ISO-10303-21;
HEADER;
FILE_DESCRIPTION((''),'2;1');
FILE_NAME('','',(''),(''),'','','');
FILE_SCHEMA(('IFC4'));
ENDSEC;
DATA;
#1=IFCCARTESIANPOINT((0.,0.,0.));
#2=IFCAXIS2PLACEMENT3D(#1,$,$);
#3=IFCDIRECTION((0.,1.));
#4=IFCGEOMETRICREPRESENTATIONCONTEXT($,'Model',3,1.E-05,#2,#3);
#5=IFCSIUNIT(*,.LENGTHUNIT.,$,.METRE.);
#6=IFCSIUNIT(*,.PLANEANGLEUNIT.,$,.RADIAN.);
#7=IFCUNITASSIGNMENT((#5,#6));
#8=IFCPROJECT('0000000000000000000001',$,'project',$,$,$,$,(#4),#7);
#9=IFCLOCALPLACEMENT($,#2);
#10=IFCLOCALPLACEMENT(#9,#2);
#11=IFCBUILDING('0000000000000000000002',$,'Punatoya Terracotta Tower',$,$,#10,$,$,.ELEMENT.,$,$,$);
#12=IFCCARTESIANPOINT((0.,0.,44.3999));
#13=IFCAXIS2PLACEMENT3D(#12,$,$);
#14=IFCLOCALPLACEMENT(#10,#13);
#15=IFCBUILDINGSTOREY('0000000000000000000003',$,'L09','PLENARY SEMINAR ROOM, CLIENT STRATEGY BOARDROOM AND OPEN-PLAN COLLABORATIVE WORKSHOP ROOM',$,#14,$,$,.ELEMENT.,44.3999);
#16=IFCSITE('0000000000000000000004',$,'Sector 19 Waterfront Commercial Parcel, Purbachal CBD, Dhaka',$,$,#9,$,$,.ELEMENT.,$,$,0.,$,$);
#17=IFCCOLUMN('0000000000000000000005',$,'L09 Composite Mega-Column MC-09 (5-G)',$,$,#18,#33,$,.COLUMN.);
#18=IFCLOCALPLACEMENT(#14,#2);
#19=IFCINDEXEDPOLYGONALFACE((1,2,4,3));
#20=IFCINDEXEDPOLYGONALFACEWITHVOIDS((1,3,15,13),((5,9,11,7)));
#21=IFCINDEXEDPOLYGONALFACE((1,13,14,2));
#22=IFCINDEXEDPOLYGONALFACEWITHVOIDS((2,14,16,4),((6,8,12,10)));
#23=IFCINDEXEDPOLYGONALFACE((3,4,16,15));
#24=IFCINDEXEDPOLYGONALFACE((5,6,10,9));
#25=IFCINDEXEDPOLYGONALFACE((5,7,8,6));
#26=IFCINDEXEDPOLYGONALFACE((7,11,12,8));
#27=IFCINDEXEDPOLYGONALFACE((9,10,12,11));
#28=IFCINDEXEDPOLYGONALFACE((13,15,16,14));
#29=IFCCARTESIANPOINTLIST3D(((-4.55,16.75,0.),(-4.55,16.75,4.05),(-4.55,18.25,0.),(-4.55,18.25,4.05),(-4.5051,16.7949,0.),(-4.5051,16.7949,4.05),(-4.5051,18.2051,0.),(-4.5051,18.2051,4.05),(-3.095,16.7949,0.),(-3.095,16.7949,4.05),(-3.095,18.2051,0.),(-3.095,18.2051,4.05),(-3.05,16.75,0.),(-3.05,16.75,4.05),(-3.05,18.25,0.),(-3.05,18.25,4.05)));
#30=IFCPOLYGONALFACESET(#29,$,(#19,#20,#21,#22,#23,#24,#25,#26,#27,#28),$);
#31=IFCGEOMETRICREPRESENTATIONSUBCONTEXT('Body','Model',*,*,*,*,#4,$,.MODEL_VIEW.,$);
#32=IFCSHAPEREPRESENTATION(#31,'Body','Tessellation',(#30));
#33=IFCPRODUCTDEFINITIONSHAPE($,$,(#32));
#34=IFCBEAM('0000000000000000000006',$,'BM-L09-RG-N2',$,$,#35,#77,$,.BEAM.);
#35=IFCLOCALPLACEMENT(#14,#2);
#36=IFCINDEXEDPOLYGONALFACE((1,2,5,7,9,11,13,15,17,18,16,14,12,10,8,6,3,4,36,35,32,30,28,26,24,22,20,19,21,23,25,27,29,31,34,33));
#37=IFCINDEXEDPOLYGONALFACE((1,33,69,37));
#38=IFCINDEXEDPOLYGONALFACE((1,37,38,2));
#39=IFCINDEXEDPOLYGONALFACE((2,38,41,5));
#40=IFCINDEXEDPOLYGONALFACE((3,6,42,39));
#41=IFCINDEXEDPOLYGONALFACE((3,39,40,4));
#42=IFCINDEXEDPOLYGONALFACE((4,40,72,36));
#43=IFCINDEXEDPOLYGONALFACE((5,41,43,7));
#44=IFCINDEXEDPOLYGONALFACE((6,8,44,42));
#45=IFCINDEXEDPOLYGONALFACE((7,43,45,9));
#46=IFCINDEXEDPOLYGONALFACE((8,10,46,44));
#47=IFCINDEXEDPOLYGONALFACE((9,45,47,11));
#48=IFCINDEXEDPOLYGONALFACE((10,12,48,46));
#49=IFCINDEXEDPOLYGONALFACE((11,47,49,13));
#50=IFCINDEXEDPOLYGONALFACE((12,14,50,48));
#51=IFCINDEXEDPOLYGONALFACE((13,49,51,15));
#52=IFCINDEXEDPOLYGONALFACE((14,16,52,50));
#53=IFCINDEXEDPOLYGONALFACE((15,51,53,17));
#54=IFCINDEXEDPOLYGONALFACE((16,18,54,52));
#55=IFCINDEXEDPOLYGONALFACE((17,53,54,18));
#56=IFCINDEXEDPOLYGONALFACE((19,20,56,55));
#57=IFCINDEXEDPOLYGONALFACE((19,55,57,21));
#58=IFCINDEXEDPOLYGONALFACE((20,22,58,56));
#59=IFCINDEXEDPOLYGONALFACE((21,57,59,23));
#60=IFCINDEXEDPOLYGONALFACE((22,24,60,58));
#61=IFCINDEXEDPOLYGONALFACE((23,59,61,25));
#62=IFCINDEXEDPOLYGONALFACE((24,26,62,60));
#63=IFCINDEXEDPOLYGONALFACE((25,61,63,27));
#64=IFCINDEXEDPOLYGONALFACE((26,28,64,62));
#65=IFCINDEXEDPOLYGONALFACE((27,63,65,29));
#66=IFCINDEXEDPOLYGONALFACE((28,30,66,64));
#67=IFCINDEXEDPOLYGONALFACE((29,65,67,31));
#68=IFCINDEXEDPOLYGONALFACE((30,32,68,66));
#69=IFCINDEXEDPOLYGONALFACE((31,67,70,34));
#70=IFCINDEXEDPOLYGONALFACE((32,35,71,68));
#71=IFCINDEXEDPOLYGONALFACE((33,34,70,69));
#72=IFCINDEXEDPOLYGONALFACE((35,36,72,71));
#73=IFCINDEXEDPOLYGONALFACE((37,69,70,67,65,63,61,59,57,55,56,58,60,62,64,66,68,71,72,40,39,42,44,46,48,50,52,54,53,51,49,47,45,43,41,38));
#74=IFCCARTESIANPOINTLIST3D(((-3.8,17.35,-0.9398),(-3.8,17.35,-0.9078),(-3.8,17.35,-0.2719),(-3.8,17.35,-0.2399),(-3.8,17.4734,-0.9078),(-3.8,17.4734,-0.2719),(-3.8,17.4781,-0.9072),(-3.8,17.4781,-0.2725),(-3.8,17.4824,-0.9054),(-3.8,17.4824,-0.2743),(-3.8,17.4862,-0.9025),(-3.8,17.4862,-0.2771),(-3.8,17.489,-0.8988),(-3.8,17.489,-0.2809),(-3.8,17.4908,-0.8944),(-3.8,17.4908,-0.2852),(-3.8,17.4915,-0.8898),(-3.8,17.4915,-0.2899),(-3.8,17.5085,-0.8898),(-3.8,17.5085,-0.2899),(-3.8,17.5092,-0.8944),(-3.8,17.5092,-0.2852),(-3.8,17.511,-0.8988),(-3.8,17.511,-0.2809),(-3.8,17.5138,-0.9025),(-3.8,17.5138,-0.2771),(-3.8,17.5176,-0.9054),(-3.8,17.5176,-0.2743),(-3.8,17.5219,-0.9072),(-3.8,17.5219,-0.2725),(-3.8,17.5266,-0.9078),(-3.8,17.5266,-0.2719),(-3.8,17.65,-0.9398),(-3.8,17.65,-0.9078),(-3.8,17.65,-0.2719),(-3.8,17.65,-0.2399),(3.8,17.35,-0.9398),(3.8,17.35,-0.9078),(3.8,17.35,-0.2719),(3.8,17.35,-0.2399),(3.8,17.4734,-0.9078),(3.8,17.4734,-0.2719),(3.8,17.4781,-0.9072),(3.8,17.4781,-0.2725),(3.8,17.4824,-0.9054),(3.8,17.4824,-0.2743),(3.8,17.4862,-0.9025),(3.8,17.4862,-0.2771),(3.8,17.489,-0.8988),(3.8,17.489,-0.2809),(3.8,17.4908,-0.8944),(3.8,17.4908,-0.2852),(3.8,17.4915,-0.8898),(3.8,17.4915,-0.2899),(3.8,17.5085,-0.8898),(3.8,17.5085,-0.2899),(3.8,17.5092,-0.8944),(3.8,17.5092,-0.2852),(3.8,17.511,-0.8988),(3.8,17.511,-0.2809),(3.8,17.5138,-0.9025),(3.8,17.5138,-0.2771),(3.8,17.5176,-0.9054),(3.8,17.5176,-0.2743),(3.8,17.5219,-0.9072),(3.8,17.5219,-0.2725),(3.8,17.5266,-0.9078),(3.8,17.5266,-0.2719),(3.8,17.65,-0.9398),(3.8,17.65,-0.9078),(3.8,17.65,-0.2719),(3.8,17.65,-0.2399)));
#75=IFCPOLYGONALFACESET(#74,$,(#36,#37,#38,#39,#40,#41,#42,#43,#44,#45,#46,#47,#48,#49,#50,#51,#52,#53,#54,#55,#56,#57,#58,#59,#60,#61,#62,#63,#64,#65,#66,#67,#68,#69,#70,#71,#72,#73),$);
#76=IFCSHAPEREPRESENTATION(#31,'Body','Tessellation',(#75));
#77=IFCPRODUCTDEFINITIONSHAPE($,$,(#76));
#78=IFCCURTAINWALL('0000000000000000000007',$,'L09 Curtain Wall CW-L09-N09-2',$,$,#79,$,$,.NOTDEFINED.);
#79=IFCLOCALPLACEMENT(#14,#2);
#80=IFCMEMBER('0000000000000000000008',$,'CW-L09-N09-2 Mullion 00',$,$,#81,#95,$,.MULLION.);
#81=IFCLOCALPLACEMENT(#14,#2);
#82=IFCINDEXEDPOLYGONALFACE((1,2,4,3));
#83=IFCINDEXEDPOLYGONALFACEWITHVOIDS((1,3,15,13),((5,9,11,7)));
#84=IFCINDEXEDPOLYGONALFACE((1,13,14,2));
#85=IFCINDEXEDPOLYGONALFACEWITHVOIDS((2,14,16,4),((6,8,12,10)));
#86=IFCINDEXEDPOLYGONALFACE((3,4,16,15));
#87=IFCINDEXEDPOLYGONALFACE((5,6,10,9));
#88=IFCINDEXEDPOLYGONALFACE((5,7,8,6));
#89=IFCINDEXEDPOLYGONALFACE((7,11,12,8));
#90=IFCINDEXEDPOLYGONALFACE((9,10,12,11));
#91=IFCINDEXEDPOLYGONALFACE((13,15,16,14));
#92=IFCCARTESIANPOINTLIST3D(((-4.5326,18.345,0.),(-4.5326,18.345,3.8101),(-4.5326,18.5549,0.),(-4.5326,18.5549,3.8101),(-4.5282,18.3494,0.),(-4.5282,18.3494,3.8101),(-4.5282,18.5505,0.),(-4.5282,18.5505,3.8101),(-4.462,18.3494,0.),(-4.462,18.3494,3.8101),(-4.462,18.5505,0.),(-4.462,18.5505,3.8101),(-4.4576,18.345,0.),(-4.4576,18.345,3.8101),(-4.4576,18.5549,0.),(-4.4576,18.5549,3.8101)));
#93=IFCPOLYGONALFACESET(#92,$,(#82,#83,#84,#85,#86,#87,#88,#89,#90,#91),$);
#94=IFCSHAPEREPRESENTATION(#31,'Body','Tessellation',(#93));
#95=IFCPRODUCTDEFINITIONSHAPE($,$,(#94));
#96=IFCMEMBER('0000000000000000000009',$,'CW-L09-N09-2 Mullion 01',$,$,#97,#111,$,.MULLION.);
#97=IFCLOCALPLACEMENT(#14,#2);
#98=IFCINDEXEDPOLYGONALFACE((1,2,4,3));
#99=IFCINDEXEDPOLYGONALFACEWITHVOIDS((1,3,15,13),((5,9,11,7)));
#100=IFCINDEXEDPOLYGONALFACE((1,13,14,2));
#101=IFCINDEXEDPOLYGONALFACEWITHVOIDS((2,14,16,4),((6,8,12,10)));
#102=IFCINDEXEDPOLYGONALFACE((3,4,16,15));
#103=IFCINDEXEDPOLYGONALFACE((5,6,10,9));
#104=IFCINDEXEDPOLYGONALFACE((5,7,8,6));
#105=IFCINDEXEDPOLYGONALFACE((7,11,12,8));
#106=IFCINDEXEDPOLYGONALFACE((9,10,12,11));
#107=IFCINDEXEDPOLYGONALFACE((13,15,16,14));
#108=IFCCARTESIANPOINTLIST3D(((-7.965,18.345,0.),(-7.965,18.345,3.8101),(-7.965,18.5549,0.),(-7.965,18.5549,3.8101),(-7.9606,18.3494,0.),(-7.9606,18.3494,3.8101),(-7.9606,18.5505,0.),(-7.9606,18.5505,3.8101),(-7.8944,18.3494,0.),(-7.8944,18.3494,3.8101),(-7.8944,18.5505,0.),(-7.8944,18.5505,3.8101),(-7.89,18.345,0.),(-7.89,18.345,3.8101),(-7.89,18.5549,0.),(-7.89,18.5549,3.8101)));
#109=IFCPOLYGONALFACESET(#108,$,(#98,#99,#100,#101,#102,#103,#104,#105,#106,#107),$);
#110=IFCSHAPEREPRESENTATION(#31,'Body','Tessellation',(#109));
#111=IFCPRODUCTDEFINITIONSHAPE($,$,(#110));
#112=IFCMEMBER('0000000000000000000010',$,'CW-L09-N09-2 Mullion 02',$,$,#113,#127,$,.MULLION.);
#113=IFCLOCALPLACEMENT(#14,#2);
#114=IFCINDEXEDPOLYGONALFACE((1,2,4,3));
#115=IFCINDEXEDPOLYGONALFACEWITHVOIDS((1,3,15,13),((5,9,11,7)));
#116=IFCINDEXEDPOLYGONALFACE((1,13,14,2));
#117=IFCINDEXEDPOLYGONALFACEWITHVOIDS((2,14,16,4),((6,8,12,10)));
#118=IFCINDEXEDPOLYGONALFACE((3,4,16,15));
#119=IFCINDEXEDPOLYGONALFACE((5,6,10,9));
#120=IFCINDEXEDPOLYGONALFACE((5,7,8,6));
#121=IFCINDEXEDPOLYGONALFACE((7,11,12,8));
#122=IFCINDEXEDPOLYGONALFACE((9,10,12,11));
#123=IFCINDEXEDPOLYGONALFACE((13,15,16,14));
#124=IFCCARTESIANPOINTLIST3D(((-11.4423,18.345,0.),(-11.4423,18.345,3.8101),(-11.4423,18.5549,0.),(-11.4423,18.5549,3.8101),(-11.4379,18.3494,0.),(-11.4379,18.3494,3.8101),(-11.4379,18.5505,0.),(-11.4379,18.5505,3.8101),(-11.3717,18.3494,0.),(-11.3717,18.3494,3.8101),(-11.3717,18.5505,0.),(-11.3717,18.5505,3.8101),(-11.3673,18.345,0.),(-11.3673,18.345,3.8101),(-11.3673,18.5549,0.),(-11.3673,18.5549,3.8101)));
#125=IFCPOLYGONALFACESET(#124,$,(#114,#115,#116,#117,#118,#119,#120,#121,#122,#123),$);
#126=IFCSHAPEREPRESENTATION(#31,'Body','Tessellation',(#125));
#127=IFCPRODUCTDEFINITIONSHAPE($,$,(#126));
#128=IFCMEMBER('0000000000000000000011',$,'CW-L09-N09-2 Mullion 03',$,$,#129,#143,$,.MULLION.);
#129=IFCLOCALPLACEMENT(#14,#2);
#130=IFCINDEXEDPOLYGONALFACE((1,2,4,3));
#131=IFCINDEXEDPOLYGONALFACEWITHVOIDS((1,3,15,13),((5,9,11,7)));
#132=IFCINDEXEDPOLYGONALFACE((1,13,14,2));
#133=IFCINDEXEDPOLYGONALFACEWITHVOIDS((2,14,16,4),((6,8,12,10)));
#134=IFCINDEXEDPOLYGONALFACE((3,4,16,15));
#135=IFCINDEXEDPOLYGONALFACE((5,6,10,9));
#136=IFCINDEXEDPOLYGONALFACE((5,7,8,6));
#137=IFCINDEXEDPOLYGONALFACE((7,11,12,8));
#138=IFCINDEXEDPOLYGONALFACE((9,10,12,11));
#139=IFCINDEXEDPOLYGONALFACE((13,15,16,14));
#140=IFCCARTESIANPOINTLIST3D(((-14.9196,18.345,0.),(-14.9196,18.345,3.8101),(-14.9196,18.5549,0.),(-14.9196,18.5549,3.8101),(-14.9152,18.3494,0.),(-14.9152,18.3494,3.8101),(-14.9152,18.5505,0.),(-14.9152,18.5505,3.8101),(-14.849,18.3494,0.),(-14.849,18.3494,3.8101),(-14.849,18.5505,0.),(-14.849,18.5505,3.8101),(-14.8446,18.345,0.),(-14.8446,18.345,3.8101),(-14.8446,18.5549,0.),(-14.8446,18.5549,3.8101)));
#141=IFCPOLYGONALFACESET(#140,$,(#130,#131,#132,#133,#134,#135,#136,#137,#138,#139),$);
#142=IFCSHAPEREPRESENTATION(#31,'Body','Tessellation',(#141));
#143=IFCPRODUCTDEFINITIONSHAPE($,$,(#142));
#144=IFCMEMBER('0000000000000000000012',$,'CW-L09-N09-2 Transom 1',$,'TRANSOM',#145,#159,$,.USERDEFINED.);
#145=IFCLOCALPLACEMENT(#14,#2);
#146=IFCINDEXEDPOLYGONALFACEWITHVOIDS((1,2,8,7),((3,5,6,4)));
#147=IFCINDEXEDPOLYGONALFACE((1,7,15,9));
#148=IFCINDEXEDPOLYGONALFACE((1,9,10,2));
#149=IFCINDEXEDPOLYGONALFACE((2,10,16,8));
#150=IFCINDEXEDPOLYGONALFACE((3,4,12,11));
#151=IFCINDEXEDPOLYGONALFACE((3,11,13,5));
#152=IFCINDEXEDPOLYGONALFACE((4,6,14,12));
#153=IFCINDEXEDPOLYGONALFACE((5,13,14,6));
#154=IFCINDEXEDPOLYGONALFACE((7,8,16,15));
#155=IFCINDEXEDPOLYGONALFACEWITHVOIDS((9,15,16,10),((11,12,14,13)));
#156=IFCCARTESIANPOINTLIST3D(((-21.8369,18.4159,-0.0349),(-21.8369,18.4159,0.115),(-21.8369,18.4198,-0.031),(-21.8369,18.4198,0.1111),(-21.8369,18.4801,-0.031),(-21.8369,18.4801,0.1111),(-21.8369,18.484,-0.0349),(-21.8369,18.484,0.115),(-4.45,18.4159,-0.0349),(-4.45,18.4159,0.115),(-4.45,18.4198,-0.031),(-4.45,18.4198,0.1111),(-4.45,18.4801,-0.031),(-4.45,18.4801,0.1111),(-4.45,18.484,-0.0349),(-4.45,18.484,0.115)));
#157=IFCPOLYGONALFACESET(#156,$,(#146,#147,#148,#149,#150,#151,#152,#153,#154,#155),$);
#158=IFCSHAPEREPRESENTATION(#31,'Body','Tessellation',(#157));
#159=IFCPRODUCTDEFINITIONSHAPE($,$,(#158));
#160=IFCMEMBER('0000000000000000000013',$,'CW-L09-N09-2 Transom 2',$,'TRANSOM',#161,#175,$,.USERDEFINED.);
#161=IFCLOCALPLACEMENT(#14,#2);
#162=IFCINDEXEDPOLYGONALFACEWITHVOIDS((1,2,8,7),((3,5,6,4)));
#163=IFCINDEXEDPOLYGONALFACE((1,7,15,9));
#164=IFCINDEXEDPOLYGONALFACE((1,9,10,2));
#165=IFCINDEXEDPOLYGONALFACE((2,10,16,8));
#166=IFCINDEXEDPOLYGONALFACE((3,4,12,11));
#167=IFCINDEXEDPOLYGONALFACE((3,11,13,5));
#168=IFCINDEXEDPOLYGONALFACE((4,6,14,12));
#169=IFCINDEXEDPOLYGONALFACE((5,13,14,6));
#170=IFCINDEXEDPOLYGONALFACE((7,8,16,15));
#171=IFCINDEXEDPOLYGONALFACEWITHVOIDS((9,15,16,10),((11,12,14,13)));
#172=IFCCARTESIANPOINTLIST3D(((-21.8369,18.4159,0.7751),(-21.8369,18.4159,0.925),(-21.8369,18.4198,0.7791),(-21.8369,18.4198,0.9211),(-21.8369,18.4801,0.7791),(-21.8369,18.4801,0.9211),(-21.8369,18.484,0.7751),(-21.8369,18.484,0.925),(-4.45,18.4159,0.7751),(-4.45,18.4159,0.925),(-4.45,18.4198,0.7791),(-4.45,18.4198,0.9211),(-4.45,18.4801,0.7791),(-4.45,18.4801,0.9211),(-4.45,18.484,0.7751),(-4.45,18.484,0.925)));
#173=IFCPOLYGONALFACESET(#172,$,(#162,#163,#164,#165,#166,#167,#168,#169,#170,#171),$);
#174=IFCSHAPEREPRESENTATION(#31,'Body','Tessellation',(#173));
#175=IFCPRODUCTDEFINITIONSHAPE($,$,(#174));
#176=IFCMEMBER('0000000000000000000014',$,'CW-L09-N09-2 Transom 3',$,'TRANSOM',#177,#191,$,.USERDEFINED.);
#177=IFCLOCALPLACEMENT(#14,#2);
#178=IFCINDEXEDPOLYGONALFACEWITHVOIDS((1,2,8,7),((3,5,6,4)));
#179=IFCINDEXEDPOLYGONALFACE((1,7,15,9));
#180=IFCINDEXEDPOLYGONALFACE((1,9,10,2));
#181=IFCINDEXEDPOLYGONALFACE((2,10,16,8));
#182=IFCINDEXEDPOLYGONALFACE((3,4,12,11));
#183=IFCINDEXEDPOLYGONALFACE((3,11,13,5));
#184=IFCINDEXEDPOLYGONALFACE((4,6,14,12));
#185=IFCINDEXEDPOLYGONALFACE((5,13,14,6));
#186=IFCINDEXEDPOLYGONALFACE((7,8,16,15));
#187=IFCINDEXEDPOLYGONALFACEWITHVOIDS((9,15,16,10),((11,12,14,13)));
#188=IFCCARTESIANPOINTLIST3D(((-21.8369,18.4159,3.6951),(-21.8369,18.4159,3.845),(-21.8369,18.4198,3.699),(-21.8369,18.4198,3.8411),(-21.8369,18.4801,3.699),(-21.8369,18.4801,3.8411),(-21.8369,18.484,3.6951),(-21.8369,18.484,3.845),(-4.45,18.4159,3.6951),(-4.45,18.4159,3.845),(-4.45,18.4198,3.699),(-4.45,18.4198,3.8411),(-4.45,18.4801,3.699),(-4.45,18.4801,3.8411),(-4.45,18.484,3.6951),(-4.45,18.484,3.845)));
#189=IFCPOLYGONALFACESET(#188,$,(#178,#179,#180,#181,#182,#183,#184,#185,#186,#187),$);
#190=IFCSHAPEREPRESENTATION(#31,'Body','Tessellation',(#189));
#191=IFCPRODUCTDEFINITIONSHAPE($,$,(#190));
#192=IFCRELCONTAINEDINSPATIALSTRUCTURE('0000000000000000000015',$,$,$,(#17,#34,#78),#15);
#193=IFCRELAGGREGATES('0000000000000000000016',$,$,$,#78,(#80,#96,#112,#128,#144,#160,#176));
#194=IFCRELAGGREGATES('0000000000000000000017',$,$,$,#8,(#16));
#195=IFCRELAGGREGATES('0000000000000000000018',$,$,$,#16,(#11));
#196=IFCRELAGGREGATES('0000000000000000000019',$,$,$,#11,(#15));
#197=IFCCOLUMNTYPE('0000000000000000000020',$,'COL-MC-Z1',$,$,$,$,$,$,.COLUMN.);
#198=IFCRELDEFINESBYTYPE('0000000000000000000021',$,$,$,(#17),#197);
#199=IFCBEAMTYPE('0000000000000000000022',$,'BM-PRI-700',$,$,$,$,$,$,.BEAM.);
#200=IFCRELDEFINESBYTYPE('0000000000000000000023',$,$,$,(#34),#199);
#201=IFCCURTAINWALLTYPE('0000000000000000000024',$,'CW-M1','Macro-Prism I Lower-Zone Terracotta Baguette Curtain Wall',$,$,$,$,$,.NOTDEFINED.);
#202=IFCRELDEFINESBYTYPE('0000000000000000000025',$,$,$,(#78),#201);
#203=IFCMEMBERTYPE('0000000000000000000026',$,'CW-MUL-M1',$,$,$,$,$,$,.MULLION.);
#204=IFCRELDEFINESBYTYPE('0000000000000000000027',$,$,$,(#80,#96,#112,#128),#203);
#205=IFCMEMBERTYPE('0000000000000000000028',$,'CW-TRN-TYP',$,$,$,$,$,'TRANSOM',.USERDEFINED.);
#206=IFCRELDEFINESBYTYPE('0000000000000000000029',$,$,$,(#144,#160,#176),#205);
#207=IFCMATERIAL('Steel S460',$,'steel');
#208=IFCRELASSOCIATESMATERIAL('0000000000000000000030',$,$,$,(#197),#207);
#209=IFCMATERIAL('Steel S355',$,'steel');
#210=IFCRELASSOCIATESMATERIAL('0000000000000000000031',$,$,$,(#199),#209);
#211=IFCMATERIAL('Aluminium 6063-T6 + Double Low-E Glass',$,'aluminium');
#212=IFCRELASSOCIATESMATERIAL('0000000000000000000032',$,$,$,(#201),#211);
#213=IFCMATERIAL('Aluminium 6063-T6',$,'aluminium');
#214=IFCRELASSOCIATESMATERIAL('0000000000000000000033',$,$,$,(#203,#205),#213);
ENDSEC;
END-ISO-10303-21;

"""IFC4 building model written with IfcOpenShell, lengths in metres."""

from ifc_helpers import new_model, si_unit, direction, frame, origin, origin_2d, place, context, subcontext, project, spatial, hollow_rectangle, i_section, extrude, material, material_profile, profile_set, type_object, element, aggregate, save


model = new_model("IFC4")

# Units and contexts
model_context = context("Model", 3, precision=1e-05, world=origin(), true_north=direction((0.0, 1.0)))
body_context = subcontext(model_context, "Body", "Model", "MODEL_VIEW")
ifc_project = project(units=[si_unit("LENGTHUNIT", "METRE"), si_unit("PLANEANGLEUNIT", "RADIAN")], contexts=[model_context])

# Site, building, storey
site_placement = place(None, origin())
site = spatial("IfcSite", under=ifc_project, at=site_placement, Name="Sector 19 Waterfront Commercial Parcel, Purbachal CBD, Dhaka", CompositionType="ELEMENT", RefElevation=0.0)
building_placement = place(site_placement, origin())
building = spatial("IfcBuilding", under=site, at=building_placement, Name="Punatoya Terracotta Tower", CompositionType="ELEMENT")
storey_placement = place(building_placement, frame((0.0, 0.0, 44.3999)))
storey = spatial("IfcBuildingStorey", under=building, at=storey_placement, Name="L09", Description="PLENARY SEMINAR ROOM, CLIENT STRATEGY BOARDROOM AND OPEN-PLAN COLLABORATIVE WORKSHOP ROOM", CompositionType="ELEMENT", Elevation=44.3999)

# Column
ifc_material_1 = material(Name="Steel S460", Category="steel")
ifc_material_profile_1 = material_profile(ifc_material_1, hollow_rectangle(XDim=1.5, YDim=1.5, WallThickness=0.0449, at=origin_2d()))
ifc_profile_set_1 = profile_set([ifc_material_profile_1], Name="Steel S460")
column_type = type_object("IfcColumnType", Name="COL-MC-Z1", PredefinedType="COLUMN", material=ifc_profile_set_1)
column_placement = place(storey_placement, frame((-3.8, 17.5, 0.0), z_axis=(0.0, 0.0, 1.0), x_axis=(1.0, 0.0, 0.0)))
element("IfcColumn", 1, at=column_placement, inside=storey, type_object=column_type, Name="L09 Composite Mega-Column MC-09 (5-G)", PredefinedType="COLUMN", context=body_context, shape_type="SweptSolid", body=[
    extrude(hollow_rectangle(XDim=1.5, YDim=1.5, WallThickness=0.0449, at=origin_2d()), origin(), (0.0, 0.0, 1.0), 4.05),
])

# Beam
ifc_material_2 = material(Name="Steel S355", Category="steel")
ifc_material_profile_2 = material_profile(ifc_material_2, i_section(OverallWidth=0.3, OverallDepth=0.7, WebThickness=0.0171, FlangeThickness=0.032, FilletRadius=0.0181, at=origin_2d()))
ifc_profile_set_2 = profile_set([ifc_material_profile_2], Name="Steel S355")
beam_type = type_object("IfcBeamType", Name="BM-PRI-700", PredefinedType="BEAM", material=ifc_profile_set_2)
beam_placement = place(storey_placement, frame((-3.8, 17.5, -0.5898), z_axis=(1.0, 0.0, 0.0), x_axis=(0.0, 1.0, 0.0)))
element("IfcBeam", 2, at=beam_placement, inside=storey, type_object=beam_type, Name="BM-L09-RG-N2", PredefinedType="BEAM", context=body_context, shape_type="SweptSolid", body=[
    extrude(i_section(OverallWidth=0.3, OverallDepth=0.7, WebThickness=0.0171, FlangeThickness=0.032, FilletRadius=0.0181, at=origin_2d()), origin(), (0.0, 0.0, 1.0), 7.6001),
])

# Curtain wall, members
ifc_material_3 = material(Name="Aluminium 6063-T6 + Double Low-E Glass", Category="aluminium")
curtain_wall_type = type_object("IfcCurtainWallType", Name="CW-M1", Description="Macro-Prism I Lower-Zone Terracotta Baguette Curtain Wall", PredefinedType="NOTDEFINED", material=ifc_material_3)
curtain_wall_placement = place(storey_placement, origin())
curtain_wall = element("IfcCurtainWall", 3, at=curtain_wall_placement, inside=storey, type_object=curtain_wall_type, Name="L09 Curtain Wall CW-L09-N09-2", PredefinedType="NOTDEFINED")
ifc_material_4 = material(Name="Aluminium 6063-T6", Category="aluminium")
ifc_material_profile_3 = material_profile(ifc_material_4, hollow_rectangle(XDim=0.075, YDim=0.21, WallThickness=0.0044, at=origin_2d()))
ifc_profile_set_3 = profile_set([ifc_material_profile_3], Name="Aluminium 6063-T6")
member_type_1 = type_object("IfcMemberType", Name="CW-MUL-M1", PredefinedType="MULLION", material=ifc_profile_set_3)
member_1_placement = place(storey_placement, frame((-4.4951, 18.45, 0.0), z_axis=(0.0, 0.0, 1.0), x_axis=(1.0, 0.0, 0.0)))
member_1 = element("IfcMember", 4, at=member_1_placement, type_object=member_type_1, Name="CW-L09-N09-2 Mullion 00", PredefinedType="MULLION", context=body_context, shape_type="SweptSolid", body=[
    extrude(hollow_rectangle(XDim=0.075, YDim=0.21, WallThickness=0.0044, at=origin_2d()), origin(), (0.0, 0.0, 1.0), 3.8101),
])
member_2_placement = place(storey_placement, frame((-7.9275, 18.45, 0.0), z_axis=(0.0, 0.0, 1.0), x_axis=(1.0, 0.0, 0.0)))
member_2 = element("IfcMember", 5, at=member_2_placement, type_object=member_type_1, Name="CW-L09-N09-2 Mullion 01", PredefinedType="MULLION", context=body_context, shape_type="SweptSolid", body=[
    extrude(hollow_rectangle(XDim=0.075, YDim=0.21, WallThickness=0.0044, at=origin_2d()), origin(), (0.0, 0.0, 1.0), 3.8101),
])
member_3_placement = place(storey_placement, frame((-11.4048, 18.45, 0.0), z_axis=(0.0, 0.0, 1.0), x_axis=(1.0, 0.0, 0.0)))
member_3 = element("IfcMember", 6, at=member_3_placement, type_object=member_type_1, Name="CW-L09-N09-2 Mullion 02", PredefinedType="MULLION", context=body_context, shape_type="SweptSolid", body=[
    extrude(hollow_rectangle(XDim=0.075, YDim=0.21, WallThickness=0.0044, at=origin_2d()), origin(), (0.0, 0.0, 1.0), 3.8101),
])
member_4_placement = place(storey_placement, frame((-14.8821, 18.45, 0.0), z_axis=(0.0, 0.0, 1.0), x_axis=(1.0, 0.0, 0.0)))
member_4 = element("IfcMember", 7, at=member_4_placement, type_object=member_type_1, Name="CW-L09-N09-2 Mullion 03", PredefinedType="MULLION", context=body_context, shape_type="SweptSolid", body=[
    extrude(hollow_rectangle(XDim=0.075, YDim=0.21, WallThickness=0.0044, at=origin_2d()), origin(), (0.0, 0.0, 1.0), 3.8101),
])
ifc_material_profile_4 = material_profile(ifc_material_4, hollow_rectangle(XDim=0.0681, YDim=0.1499, WallThickness=0.0039, at=origin_2d()))
ifc_profile_set_4 = profile_set([ifc_material_profile_4], Name="Aluminium 6063-T6")
member_type_2 = type_object("IfcMemberType", Name="CW-TRN-TYP", ElementType="TRANSOM", PredefinedType="USERDEFINED", material=ifc_profile_set_4)
member_5_placement = place(storey_placement, frame((-4.45, 18.45, 0.04), z_axis=(-1.0, 0.0, 0.0), x_axis=(0.0, -1.0, 0.0)))
member_5 = element("IfcMember", 8, at=member_5_placement, type_object=member_type_2, Name="CW-L09-N09-2 Transom 1", ObjectType="TRANSOM", PredefinedType="USERDEFINED", context=body_context, shape_type="SweptSolid", body=[
    extrude(hollow_rectangle(XDim=0.0681, YDim=0.1499, WallThickness=0.0039, at=origin_2d()), origin(), (0.0, 0.0, 1.0), 17.387),
])
member_6_placement = place(storey_placement, frame((-4.45, 18.45, 0.8501), z_axis=(-1.0, 0.0, 0.0), x_axis=(0.0, -1.0, 0.0)))
member_6 = element("IfcMember", 9, at=member_6_placement, type_object=member_type_2, Name="CW-L09-N09-2 Transom 2", ObjectType="TRANSOM", PredefinedType="USERDEFINED", context=body_context, shape_type="SweptSolid", body=[
    extrude(hollow_rectangle(XDim=0.0681, YDim=0.1499, WallThickness=0.0039, at=origin_2d()), origin(), (0.0, 0.0, 1.0), 17.387),
])
member_7_placement = place(storey_placement, frame((-4.45, 18.45, 3.77), z_axis=(-1.0, 0.0, 0.0), x_axis=(0.0, -1.0, 0.0)))
member_7 = element("IfcMember", 10, at=member_7_placement, type_object=member_type_2, Name="CW-L09-N09-2 Transom 3", ObjectType="TRANSOM", PredefinedType="USERDEFINED", context=body_context, shape_type="SweptSolid", body=[
    extrude(hollow_rectangle(XDim=0.0681, YDim=0.1499, WallThickness=0.0039, at=origin_2d()), origin(), (0.0, 0.0, 1.0), 17.387),
])

aggregate(curtain_wall, [member_1, member_2, member_3, member_4, member_5, member_6, member_7])

save(model, "model.ifc")
